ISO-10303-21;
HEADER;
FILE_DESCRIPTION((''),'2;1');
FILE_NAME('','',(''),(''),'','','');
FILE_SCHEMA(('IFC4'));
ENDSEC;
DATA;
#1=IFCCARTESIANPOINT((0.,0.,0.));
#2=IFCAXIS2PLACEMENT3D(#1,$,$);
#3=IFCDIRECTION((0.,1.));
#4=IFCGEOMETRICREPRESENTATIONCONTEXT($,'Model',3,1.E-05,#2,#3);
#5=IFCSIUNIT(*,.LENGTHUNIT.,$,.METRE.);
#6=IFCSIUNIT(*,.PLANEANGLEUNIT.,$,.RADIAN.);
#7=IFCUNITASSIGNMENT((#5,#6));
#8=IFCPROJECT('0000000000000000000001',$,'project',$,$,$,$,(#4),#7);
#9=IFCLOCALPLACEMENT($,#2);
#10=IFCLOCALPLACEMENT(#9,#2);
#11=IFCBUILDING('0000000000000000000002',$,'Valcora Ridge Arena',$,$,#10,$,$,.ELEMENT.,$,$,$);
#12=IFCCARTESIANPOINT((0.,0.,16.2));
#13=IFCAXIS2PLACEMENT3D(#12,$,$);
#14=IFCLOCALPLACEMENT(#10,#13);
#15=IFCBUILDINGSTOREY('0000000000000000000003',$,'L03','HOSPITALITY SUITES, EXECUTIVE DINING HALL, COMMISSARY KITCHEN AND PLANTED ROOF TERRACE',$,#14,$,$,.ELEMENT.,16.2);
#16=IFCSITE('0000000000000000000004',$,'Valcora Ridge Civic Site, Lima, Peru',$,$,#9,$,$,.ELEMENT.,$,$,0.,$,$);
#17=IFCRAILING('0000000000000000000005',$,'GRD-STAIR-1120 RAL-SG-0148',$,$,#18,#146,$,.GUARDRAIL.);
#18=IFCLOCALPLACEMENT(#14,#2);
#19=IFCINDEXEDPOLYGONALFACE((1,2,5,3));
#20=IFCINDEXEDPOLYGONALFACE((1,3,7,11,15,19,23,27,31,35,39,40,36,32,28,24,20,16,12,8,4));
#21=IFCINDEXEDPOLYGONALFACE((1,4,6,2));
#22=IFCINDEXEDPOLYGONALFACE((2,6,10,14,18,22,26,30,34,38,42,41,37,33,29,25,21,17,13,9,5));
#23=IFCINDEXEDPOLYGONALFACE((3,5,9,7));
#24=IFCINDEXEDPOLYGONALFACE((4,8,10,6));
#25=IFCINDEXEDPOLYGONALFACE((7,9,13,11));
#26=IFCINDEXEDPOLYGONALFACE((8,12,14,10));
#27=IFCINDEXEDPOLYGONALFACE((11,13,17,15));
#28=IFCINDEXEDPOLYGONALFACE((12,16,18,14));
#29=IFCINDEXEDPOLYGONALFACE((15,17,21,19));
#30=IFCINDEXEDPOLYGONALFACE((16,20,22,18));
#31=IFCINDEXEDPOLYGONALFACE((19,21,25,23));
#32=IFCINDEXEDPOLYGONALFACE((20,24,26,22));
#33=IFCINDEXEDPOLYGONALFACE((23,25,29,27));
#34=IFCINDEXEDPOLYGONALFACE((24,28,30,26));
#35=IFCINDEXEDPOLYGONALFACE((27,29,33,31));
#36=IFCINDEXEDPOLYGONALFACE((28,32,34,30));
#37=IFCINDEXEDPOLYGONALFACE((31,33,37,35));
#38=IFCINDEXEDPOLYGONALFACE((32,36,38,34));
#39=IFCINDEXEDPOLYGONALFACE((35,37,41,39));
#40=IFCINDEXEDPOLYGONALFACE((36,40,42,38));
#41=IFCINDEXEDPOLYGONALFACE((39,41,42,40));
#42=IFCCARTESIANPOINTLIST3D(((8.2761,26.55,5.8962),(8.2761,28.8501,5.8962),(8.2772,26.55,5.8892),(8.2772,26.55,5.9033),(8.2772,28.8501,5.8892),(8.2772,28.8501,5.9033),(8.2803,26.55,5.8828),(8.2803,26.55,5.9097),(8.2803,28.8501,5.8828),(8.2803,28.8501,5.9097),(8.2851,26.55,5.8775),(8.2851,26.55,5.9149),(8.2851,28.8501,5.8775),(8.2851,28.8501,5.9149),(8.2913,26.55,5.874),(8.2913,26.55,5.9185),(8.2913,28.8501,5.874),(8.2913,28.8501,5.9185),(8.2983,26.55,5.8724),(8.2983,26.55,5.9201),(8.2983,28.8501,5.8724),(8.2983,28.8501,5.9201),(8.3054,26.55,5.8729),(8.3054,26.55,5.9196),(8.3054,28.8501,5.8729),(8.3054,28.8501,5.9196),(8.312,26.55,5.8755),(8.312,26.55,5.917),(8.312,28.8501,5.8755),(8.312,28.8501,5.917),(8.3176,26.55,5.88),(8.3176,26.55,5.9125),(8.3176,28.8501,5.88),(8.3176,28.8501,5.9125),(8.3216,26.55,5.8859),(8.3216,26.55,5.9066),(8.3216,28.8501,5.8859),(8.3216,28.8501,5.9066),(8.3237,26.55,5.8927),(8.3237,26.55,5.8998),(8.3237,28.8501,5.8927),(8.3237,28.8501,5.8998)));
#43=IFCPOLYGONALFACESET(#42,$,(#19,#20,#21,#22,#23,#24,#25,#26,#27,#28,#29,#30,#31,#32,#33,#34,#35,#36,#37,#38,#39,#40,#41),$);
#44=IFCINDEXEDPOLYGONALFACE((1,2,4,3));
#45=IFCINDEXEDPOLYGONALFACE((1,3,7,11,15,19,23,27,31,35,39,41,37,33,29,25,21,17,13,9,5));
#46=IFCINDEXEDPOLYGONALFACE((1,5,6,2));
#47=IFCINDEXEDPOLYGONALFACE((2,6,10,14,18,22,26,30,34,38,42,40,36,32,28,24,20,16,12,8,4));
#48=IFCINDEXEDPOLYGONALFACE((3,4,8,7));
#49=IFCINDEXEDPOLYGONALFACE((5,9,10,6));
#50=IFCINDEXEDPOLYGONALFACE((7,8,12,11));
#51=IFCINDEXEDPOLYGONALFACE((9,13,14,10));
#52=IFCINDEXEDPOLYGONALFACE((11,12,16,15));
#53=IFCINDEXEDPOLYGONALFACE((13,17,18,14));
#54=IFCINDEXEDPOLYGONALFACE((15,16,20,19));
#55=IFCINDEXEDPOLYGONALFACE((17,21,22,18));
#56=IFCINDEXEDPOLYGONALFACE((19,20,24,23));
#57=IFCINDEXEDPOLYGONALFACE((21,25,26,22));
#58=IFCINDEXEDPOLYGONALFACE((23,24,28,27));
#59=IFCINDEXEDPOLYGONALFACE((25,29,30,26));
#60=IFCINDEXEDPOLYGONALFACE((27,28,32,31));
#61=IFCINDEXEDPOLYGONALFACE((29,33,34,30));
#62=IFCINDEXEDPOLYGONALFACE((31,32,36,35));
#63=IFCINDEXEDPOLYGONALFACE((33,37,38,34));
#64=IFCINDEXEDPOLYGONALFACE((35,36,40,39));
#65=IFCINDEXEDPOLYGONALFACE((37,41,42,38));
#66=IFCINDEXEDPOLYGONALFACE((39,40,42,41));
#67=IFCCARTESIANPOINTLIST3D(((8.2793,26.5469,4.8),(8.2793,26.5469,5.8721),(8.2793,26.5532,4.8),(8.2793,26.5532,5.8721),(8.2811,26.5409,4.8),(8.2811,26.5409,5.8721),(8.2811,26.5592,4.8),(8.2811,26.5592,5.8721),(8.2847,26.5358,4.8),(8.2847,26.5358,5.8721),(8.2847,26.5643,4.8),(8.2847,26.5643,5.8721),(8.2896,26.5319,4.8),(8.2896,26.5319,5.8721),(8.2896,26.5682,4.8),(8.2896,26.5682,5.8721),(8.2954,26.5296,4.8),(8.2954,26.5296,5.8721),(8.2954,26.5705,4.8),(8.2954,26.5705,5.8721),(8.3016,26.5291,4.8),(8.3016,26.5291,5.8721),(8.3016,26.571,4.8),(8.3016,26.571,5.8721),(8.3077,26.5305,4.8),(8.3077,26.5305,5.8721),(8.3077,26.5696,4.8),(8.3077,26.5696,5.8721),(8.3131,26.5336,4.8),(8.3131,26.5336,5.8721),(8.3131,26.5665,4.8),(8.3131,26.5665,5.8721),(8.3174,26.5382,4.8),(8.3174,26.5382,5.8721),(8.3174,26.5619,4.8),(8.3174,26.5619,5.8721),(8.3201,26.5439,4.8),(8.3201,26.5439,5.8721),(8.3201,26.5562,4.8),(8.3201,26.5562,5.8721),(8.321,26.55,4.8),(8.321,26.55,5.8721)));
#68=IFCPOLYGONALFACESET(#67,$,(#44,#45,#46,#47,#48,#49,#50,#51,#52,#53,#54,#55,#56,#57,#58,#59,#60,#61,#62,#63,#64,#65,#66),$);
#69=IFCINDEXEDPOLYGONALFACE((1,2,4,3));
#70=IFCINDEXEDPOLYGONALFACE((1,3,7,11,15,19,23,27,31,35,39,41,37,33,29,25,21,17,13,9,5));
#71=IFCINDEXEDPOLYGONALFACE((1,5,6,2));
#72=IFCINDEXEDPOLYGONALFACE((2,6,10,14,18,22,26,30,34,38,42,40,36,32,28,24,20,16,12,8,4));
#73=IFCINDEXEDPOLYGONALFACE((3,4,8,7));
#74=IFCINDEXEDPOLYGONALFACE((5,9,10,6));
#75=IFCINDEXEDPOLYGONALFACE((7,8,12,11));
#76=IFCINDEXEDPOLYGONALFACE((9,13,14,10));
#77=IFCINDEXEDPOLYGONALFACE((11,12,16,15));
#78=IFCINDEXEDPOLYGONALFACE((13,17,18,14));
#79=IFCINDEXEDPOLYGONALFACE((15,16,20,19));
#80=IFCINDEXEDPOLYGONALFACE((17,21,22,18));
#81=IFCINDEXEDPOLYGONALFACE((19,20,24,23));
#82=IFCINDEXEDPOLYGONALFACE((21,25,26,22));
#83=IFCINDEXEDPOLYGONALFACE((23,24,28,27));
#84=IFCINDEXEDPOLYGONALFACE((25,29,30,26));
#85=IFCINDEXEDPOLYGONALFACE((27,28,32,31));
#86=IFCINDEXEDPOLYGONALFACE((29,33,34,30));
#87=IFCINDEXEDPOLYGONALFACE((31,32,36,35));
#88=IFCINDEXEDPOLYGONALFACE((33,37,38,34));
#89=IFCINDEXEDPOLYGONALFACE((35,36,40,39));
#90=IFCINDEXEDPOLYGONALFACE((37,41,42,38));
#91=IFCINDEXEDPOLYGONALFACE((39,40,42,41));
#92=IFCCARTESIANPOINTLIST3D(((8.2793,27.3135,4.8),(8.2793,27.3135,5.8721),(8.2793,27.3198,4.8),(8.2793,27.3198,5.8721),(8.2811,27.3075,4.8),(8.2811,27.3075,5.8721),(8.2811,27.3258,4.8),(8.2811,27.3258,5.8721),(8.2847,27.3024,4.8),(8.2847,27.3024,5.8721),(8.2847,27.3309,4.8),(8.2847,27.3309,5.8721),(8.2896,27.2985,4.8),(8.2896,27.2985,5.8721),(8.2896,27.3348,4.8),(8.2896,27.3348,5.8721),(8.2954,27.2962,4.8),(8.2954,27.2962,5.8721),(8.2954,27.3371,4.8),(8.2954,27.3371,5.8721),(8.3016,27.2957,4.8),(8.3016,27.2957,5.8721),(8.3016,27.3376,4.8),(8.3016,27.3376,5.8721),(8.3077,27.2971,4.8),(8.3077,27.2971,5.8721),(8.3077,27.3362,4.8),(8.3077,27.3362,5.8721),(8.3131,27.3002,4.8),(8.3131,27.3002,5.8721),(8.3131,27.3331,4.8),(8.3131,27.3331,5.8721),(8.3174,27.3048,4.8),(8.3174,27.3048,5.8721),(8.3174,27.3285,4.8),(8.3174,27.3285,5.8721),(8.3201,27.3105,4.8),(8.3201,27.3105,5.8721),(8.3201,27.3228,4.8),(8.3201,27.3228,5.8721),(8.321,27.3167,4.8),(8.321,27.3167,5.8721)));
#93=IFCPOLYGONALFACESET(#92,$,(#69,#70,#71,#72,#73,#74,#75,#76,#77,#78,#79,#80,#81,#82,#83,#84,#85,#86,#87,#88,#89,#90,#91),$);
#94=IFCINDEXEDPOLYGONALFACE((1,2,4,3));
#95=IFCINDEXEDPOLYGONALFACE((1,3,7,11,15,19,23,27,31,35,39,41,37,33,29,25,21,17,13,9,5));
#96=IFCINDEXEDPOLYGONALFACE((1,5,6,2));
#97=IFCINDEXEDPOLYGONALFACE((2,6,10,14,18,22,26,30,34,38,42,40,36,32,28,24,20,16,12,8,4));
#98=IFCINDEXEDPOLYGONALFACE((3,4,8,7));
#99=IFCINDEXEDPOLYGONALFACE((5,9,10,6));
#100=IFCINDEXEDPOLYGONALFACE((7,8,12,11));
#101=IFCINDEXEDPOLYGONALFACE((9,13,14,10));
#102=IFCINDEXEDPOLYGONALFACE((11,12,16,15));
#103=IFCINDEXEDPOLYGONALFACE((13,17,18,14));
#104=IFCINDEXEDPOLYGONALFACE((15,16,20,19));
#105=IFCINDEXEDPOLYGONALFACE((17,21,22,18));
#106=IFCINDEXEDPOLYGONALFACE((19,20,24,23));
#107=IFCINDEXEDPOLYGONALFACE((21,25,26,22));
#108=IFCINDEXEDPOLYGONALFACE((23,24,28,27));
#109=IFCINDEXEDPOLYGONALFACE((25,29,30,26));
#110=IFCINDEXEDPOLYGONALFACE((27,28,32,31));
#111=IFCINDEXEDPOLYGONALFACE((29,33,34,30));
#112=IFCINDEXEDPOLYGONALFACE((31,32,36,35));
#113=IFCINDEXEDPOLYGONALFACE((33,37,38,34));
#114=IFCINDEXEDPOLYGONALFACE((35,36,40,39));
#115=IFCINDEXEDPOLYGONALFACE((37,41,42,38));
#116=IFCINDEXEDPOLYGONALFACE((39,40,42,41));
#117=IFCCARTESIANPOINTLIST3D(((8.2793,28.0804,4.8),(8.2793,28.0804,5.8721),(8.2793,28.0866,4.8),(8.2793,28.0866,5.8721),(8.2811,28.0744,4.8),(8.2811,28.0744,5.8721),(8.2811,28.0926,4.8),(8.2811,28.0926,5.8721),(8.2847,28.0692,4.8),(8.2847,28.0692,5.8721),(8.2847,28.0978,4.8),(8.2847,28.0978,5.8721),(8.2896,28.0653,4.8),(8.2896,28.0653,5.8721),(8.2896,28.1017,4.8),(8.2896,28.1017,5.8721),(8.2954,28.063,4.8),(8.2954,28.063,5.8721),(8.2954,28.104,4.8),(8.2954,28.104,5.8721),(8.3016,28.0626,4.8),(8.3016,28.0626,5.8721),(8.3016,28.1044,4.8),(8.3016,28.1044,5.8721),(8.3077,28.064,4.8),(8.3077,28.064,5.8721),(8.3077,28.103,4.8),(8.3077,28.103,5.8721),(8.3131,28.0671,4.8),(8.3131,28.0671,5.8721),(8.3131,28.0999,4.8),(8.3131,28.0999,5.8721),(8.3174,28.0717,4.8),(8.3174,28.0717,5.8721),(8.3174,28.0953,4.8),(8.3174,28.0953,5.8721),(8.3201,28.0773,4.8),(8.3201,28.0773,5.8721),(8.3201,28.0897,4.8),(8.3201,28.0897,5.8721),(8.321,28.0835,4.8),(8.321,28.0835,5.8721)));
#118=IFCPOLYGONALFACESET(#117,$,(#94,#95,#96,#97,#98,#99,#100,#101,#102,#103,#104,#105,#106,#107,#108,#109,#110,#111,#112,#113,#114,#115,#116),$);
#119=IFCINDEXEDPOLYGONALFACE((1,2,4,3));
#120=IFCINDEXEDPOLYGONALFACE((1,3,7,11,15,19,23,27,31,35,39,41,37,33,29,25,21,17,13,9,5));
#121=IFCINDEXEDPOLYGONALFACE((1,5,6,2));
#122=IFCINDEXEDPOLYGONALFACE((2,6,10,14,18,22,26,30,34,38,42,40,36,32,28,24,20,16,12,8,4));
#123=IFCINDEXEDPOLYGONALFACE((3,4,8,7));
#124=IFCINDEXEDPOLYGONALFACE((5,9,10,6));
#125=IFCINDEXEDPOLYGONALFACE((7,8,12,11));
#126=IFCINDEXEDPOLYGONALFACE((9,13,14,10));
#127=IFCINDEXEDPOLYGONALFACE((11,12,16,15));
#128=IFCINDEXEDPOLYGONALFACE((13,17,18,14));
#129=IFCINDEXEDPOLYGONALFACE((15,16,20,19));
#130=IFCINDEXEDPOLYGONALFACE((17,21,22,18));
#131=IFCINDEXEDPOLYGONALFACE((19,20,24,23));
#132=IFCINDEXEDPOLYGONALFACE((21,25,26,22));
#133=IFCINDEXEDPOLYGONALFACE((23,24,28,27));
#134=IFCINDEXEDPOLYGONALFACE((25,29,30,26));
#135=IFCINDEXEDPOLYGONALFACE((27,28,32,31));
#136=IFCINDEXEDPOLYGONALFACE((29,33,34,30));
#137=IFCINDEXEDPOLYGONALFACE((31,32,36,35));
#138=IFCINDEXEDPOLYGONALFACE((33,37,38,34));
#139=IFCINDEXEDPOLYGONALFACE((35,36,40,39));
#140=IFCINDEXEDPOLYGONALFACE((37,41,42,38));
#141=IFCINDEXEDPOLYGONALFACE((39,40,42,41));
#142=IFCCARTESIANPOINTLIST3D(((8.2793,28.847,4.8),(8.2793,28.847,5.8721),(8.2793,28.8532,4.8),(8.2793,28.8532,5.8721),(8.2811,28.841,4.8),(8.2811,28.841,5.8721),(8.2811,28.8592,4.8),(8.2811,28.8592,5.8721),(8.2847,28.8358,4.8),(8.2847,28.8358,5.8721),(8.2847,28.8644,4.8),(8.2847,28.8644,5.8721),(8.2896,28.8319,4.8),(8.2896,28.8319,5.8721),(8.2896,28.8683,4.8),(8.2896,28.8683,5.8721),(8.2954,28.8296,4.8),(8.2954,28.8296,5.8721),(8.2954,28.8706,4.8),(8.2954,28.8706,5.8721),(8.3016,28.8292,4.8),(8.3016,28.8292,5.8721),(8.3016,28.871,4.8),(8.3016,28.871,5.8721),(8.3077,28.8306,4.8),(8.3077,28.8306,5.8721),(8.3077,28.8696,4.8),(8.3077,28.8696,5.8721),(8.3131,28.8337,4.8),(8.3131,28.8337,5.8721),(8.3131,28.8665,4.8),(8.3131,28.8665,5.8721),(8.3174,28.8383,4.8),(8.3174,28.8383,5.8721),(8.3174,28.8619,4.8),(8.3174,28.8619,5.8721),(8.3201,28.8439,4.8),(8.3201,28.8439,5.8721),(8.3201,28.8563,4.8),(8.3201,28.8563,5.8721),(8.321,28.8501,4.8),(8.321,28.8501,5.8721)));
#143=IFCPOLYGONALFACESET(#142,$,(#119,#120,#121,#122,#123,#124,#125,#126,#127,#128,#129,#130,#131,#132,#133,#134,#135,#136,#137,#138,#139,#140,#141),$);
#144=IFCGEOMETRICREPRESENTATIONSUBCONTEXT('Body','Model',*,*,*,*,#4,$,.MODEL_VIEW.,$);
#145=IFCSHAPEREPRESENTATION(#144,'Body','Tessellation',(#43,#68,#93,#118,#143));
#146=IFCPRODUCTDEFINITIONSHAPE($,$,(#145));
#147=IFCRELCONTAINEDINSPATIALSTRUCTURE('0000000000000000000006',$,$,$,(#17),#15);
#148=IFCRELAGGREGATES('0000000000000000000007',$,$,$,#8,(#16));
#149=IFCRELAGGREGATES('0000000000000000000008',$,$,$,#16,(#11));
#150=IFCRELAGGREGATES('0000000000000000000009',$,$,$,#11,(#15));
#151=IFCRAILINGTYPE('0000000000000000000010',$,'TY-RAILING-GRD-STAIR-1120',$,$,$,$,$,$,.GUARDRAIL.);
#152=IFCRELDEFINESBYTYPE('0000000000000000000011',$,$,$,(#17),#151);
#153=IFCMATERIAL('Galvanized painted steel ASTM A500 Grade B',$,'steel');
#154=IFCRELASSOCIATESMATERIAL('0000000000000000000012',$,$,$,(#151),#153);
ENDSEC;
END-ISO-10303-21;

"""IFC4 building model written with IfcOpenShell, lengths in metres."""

from ifc_helpers import new_model, si_unit, direction, frame, origin, origin_2d, place, context, subcontext, project, spatial, circle, extrude, material, type_object, element, save


model = new_model("IFC4")

# Units and contexts
model_context = context("Model", 3, precision=1e-05, world=origin(), true_north=direction((0.0, 1.0)))
body_context = subcontext(model_context, "Body", "Model", "MODEL_VIEW")
ifc_project = project(units=[si_unit("LENGTHUNIT", "METRE"), si_unit("PLANEANGLEUNIT", "RADIAN")], contexts=[model_context])

# Site, building, storey
site_placement = place(None, origin())
site = spatial("IfcSite", under=ifc_project, at=site_placement, Name="Valcora Ridge Civic Site, Lima, Peru", CompositionType="ELEMENT", RefElevation=0.0)
building_placement = place(site_placement, origin())
building = spatial("IfcBuilding", under=site, at=building_placement, Name="Valcora Ridge Arena", CompositionType="ELEMENT")
storey_placement = place(building_placement, frame((0.0, 0.0, 16.2)))
storey = spatial("IfcBuildingStorey", under=building, at=storey_placement, Name="L03", Description="HOSPITALITY SUITES, EXECUTIVE DINING HALL, COMMISSARY KITCHEN AND PLANTED ROOF TERRACE", CompositionType="ELEMENT", Elevation=16.2)

# Railing
ifc_material_1 = material(Name="Galvanized painted steel ASTM A500 Grade B", Category="steel")
railing_type_1 = type_object("IfcRailingType", Name="TY-RAILING-GRD-STAIR-1120", PredefinedType="GUARDRAIL", material=ifc_material_1)
railing_1_placement = place(storey_placement, frame((8.3, 26.55, 4.8)))
element("IfcRailing", 1, at=railing_1_placement, inside=storey, type_object=railing_type_1, Name="GRD-STAIR-1120 RAL-SG-0148", PredefinedType="GUARDRAIL", context=body_context, shape_type="SweptSolid", body=[
    extrude(circle(Radius=0.0239, at=origin_2d()), frame((0.0, 0.0, 1.0962), z_axis=(0.0, 1.0, 0.0), x_axis=(-1.0, 0.0, 0.0)), (0.0, 0.0, 1.0), 2.3),
    extrude(circle(Radius=0.021, at=origin_2d()), origin(), (0.0, 0.0, 1.0), 1.072),
    extrude(circle(Radius=0.021, at=origin_2d()), frame((0.0, 0.7666, 0.0)), (0.0, 0.0, 1.0), 1.072),
    extrude(circle(Radius=0.021, at=origin_2d()), frame((0.0, 1.5334, 0.0)), (0.0, 0.0, 1.0), 1.072),
    extrude(circle(Radius=0.021, at=origin_2d()), frame((0.0, 2.3, 0.0)), (0.0, 0.0, 1.0), 1.072),
])

save(model, "model.ifc")
